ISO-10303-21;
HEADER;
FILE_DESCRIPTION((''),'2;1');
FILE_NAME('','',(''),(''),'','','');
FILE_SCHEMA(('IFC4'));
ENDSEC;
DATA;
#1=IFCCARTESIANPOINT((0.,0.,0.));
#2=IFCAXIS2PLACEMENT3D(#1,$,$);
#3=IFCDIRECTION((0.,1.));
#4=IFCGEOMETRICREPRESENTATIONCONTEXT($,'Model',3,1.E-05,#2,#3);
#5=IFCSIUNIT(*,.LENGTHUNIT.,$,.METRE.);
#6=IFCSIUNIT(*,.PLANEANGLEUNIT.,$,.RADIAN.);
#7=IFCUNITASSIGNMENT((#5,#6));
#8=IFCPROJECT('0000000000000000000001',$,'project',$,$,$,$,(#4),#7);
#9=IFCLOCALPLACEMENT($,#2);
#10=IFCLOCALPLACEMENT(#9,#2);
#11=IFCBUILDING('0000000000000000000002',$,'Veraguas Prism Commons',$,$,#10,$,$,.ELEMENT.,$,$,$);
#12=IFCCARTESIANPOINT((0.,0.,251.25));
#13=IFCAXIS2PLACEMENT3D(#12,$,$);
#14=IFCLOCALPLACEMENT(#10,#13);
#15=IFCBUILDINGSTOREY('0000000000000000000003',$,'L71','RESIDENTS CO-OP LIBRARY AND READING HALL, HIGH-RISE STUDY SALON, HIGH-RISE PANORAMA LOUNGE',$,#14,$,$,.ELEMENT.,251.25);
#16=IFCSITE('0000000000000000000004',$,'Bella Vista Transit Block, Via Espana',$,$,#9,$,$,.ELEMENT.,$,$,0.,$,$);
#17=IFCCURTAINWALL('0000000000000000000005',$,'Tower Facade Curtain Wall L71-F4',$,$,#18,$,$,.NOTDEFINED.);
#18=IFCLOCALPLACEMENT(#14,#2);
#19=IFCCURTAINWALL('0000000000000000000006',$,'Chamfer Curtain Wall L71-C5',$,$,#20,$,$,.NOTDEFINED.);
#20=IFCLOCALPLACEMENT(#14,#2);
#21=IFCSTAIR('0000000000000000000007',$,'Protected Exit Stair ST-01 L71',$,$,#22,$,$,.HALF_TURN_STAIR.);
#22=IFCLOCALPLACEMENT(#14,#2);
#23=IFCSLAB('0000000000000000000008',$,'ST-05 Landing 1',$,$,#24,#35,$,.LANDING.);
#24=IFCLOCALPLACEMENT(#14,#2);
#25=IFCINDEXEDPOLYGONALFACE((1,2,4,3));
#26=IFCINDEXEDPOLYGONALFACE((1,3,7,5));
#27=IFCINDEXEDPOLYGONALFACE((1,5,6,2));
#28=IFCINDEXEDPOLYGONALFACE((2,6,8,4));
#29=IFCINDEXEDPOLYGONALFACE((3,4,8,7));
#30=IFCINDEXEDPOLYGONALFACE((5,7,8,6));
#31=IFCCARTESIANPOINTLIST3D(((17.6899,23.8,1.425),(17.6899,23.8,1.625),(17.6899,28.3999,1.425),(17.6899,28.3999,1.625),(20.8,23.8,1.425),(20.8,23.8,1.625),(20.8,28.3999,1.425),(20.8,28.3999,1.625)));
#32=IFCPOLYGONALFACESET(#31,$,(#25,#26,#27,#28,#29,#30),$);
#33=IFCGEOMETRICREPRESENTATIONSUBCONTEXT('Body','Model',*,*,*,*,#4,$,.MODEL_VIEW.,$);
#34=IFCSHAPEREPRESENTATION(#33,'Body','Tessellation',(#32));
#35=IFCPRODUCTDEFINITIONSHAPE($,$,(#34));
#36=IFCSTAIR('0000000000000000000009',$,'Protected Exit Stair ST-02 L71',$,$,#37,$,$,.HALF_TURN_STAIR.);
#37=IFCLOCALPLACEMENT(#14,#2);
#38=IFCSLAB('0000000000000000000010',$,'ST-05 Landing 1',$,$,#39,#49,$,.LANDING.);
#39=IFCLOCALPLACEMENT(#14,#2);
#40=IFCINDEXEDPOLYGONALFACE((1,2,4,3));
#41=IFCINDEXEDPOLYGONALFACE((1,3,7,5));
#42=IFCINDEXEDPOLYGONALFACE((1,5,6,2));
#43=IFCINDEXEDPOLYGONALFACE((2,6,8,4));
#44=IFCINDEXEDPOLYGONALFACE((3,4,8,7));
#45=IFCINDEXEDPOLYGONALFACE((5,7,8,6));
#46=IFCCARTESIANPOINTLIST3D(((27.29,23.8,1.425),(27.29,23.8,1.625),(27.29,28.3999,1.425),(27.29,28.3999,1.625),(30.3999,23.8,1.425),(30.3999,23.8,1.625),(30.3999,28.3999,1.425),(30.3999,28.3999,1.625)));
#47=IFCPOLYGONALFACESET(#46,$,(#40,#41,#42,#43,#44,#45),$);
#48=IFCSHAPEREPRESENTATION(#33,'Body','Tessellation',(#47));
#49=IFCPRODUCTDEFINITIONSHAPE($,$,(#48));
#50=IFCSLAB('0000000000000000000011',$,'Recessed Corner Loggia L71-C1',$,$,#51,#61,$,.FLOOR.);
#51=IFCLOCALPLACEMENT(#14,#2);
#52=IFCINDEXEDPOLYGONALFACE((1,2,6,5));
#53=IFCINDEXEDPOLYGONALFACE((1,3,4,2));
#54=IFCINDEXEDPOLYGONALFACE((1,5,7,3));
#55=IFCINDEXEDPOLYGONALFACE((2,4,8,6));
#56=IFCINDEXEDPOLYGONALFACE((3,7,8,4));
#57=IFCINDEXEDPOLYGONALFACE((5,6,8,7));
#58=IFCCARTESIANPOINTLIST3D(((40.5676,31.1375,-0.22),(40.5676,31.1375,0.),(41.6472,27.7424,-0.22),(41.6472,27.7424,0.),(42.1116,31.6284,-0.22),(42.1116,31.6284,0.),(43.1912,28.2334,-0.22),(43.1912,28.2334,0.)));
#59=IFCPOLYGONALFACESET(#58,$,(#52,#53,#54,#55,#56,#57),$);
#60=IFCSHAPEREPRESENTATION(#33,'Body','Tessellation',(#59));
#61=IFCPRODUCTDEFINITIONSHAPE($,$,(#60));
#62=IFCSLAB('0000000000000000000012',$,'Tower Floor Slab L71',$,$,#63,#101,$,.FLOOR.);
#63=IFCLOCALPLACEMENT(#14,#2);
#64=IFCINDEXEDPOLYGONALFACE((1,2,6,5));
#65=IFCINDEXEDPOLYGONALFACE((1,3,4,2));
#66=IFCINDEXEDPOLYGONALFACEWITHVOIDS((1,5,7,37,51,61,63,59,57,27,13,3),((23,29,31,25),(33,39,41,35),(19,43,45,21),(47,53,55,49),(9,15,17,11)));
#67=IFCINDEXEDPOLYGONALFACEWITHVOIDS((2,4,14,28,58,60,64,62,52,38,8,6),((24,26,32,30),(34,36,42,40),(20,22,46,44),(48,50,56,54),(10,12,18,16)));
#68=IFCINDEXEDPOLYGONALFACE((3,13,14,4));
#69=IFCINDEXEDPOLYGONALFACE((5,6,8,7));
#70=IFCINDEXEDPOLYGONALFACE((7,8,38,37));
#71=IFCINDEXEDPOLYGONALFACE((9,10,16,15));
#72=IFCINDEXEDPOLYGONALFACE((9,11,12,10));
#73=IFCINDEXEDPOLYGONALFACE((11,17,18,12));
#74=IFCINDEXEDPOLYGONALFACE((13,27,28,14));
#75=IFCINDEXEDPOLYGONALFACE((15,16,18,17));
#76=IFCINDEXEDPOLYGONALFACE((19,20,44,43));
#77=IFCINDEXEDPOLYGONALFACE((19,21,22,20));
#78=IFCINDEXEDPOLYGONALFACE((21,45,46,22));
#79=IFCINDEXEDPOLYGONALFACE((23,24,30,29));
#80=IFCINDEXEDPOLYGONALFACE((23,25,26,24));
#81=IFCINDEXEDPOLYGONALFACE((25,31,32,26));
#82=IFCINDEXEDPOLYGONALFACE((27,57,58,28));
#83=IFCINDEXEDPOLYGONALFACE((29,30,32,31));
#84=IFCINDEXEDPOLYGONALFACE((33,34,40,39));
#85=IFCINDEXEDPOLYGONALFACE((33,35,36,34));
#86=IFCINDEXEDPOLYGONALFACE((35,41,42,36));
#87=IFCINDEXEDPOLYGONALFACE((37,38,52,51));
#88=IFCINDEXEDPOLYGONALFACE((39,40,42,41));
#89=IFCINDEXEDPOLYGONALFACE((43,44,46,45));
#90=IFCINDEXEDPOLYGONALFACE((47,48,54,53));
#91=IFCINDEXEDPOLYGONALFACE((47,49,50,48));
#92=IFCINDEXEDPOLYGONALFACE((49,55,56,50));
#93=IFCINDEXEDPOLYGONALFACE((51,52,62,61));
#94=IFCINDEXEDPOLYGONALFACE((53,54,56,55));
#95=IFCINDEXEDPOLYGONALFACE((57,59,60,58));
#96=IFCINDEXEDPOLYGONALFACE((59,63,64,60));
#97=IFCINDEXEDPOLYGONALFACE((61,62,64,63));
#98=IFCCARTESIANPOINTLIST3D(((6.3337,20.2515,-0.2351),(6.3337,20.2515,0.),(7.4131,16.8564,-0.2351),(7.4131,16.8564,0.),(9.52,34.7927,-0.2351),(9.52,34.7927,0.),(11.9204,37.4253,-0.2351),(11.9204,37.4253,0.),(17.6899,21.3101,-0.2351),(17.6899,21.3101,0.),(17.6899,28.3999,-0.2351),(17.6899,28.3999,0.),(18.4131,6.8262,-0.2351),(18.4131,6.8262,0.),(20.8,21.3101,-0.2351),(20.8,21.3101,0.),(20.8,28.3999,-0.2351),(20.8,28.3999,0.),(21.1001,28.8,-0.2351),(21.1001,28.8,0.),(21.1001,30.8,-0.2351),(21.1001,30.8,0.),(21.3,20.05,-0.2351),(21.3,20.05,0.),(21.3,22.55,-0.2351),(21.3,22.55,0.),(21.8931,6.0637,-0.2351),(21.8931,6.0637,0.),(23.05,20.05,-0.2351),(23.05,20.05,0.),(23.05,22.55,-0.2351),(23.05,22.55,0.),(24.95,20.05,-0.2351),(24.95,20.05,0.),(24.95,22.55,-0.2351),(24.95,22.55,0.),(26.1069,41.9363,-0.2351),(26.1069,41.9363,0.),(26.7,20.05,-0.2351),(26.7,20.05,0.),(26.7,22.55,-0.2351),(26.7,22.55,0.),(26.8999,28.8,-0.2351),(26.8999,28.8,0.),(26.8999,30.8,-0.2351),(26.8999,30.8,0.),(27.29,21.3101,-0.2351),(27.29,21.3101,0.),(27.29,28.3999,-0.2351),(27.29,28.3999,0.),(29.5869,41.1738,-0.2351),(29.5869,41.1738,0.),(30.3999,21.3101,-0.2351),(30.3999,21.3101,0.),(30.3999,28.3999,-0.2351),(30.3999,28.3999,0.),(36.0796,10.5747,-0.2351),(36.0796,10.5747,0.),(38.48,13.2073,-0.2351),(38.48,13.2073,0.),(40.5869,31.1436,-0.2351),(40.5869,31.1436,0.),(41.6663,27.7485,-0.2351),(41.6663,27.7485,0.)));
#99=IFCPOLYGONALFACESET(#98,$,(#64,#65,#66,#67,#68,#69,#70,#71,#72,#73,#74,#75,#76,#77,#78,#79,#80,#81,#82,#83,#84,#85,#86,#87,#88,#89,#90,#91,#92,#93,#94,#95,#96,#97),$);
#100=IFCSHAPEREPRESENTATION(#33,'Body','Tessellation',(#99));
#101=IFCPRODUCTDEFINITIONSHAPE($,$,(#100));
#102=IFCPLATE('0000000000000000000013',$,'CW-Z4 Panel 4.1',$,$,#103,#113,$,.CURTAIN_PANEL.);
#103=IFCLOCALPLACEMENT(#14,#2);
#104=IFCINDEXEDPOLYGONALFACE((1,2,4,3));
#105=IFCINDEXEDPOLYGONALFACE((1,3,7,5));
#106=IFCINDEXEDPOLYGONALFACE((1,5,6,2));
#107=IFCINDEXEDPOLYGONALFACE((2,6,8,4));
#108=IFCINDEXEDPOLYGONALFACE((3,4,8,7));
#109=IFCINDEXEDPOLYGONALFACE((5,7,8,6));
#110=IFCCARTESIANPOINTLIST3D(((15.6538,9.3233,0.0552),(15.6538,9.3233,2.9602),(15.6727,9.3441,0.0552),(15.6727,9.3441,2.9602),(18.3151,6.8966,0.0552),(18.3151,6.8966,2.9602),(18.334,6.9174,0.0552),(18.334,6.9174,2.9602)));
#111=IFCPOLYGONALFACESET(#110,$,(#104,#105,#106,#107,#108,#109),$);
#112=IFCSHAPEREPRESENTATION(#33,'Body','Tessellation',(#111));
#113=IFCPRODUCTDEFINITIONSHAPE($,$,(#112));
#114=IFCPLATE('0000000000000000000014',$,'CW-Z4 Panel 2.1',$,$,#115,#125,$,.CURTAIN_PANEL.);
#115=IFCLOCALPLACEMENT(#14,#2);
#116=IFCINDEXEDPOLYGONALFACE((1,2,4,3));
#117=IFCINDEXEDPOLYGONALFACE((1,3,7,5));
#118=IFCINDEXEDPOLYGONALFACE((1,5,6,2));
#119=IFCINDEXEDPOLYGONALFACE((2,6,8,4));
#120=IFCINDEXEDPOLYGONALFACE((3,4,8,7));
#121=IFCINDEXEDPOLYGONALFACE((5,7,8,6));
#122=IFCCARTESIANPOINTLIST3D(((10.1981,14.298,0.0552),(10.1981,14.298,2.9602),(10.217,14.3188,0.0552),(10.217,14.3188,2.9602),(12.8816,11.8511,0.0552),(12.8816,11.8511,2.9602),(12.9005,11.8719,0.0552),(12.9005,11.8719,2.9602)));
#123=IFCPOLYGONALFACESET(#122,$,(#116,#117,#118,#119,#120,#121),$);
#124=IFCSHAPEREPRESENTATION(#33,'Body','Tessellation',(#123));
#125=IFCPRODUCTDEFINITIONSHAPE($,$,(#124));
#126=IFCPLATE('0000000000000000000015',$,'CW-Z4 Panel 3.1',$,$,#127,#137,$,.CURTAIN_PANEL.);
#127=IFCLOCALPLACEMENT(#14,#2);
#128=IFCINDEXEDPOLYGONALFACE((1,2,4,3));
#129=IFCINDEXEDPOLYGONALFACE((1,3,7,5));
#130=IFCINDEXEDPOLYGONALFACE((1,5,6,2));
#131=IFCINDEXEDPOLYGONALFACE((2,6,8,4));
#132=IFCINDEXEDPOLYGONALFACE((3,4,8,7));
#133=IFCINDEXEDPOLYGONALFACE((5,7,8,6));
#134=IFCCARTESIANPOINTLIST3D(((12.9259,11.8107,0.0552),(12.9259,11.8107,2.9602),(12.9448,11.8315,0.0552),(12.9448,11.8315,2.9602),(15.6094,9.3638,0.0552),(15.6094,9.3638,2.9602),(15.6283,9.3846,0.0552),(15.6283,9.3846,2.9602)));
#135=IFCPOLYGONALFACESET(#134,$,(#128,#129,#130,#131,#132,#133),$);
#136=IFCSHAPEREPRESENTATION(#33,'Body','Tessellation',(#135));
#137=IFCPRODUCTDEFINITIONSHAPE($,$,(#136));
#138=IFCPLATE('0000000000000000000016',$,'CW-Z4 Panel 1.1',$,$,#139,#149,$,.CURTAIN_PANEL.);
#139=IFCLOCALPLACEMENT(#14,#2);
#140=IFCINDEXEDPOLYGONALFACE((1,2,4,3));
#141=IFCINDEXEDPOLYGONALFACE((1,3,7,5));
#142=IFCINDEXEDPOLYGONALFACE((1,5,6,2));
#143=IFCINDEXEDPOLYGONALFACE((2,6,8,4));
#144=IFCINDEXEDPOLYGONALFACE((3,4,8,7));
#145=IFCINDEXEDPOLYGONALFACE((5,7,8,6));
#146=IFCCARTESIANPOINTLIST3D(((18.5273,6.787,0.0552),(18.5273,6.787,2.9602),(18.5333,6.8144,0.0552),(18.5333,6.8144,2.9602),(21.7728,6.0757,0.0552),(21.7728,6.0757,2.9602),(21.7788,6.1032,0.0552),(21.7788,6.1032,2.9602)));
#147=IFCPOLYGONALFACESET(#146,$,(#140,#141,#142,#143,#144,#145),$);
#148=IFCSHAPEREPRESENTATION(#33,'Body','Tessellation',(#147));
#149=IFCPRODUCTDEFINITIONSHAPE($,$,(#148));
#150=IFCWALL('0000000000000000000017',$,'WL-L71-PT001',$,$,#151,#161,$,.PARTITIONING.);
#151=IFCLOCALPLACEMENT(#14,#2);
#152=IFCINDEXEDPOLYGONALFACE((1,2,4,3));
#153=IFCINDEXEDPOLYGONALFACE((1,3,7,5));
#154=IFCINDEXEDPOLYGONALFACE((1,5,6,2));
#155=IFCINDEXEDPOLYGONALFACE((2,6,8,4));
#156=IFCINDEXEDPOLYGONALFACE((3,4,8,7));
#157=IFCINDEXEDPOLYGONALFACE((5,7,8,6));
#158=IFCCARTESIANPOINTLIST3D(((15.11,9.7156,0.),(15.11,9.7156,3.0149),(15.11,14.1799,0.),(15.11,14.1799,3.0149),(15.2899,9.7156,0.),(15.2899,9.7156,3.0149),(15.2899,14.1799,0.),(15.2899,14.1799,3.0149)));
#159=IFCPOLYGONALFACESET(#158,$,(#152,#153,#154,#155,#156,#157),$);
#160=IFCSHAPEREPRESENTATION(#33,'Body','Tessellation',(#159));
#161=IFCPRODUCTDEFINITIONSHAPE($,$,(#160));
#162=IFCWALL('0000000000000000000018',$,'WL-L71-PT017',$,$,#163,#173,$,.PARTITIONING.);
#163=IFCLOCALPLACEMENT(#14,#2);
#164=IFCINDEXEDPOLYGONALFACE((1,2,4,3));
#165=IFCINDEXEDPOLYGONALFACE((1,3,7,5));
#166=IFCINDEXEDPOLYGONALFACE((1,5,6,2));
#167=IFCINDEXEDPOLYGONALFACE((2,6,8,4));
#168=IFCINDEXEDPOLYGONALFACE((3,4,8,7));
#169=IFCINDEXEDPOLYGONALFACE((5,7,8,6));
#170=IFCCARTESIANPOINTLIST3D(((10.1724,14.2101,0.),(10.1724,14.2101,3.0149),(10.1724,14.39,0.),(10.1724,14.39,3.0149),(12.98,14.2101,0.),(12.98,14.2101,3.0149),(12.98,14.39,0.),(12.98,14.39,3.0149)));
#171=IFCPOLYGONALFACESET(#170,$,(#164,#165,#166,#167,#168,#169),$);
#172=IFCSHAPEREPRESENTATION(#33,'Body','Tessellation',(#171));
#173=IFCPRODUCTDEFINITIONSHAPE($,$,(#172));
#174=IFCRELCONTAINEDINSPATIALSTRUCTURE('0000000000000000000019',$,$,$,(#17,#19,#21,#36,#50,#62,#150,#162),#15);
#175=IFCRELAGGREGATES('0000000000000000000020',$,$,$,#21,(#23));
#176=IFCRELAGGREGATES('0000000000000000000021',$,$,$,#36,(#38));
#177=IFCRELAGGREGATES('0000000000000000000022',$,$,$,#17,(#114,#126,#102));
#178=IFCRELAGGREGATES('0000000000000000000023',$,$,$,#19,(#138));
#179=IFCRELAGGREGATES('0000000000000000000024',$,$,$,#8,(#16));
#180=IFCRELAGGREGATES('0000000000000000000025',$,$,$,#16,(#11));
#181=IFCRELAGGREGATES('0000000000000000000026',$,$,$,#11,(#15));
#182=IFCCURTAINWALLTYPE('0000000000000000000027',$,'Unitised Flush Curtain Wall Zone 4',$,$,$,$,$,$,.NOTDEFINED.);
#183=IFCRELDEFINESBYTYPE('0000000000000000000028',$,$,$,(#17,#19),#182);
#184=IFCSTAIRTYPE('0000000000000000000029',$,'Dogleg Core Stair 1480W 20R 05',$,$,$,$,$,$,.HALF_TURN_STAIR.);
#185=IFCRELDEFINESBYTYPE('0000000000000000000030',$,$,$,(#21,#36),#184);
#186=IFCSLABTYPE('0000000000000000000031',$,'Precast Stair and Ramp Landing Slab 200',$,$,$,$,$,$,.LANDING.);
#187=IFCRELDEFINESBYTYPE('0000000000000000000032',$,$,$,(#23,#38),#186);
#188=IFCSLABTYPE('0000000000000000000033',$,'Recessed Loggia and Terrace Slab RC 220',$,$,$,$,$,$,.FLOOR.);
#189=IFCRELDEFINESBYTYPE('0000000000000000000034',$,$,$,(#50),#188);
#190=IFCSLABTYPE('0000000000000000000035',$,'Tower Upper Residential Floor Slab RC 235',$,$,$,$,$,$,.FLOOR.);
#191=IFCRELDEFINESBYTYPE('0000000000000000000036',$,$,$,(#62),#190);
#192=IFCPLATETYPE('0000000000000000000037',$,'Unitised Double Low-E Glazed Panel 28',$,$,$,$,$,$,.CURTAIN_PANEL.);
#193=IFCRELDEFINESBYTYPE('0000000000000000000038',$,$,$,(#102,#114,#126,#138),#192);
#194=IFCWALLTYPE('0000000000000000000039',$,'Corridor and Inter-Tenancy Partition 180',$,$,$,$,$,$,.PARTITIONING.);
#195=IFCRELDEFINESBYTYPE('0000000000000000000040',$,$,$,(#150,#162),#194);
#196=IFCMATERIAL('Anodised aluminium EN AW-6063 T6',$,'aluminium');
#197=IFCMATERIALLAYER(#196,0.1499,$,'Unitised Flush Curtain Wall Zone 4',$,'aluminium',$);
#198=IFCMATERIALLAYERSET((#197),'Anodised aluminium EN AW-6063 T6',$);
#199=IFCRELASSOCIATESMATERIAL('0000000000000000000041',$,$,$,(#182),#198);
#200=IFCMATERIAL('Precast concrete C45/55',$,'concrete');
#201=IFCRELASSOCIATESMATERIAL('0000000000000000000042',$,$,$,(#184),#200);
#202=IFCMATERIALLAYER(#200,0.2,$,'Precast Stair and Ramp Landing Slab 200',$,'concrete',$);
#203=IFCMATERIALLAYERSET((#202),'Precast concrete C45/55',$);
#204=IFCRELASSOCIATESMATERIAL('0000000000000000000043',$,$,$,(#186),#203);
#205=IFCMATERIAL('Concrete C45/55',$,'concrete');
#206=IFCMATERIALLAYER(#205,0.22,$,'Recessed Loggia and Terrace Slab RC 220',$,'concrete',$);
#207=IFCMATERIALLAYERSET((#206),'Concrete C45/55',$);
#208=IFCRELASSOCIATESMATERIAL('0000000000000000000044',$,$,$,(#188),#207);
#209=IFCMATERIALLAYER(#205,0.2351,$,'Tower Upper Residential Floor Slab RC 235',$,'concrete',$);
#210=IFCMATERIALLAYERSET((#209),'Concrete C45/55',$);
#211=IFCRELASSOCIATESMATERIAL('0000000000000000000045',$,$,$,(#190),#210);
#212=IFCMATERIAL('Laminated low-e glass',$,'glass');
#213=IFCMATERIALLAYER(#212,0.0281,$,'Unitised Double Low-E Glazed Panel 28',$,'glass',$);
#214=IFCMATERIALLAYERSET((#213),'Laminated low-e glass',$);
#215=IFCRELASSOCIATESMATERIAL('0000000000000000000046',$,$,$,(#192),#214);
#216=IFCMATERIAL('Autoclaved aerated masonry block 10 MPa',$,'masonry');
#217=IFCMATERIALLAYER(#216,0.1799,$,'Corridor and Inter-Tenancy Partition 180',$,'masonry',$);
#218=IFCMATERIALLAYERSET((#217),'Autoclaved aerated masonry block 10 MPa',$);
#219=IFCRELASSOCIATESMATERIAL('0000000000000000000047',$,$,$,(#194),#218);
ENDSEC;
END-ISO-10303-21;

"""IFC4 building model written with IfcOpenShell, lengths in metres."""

from ifc_helpers import new_model, si_unit, direction, frame, frame_2d, origin, origin_2d, place, context, subcontext, project, spatial, polyline, rectangle, outline, extrude, source, transform, mapped, material, layer, layer_set, type_object, element, aggregate, save


model = new_model("IFC4")

# Units and contexts
model_context = context("Model", 3, precision=1e-05, world=origin(), true_north=direction((0.0, 1.0)))
body_context = subcontext(model_context, "Body", "Model", "MODEL_VIEW")
ifc_project = project(units=[si_unit("LENGTHUNIT", "METRE"), si_unit("PLANEANGLEUNIT", "RADIAN")], contexts=[model_context])

# Site, building, storey
site_placement = place(None, origin())
site = spatial("IfcSite", under=ifc_project, at=site_placement, Name="Bella Vista Transit Block, Via Espana", CompositionType="ELEMENT", RefElevation=0.0)
building_placement = place(site_placement, origin())
building = spatial("IfcBuilding", under=site, at=building_placement, Name="Veraguas Prism Commons", CompositionType="ELEMENT")
storey_placement = place(building_placement, frame((0.0, 0.0, 251.25)))
storey = spatial("IfcBuildingStorey", under=building, at=storey_placement, Name="L71", Description="RESIDENTS CO-OP LIBRARY AND READING HALL, HIGH-RISE STUDY SALON, HIGH-RISE PANORAMA LOUNGE", CompositionType="ELEMENT", Elevation=251.25)

# Curtain walls
ifc_material_1 = material(Name="Anodised aluminium EN AW-6063 T6", Category="aluminium")
ifc_layer_1 = layer(ifc_material_1, 0.1499, Name="Unitised Flush Curtain Wall Zone 4", Category="aluminium")
ifc_layer_set_1 = layer_set([ifc_layer_1], Name="Anodised aluminium EN AW-6063 T6")
curtain_wall_type = type_object("IfcCurtainWallType", Name="Unitised Flush Curtain Wall Zone 4", PredefinedType="NOTDEFINED", material=ifc_layer_set_1)
curtain_wall_1_placement = place(storey_placement, origin())
curtain_wall_1 = element("IfcCurtainWall", 1, at=curtain_wall_1_placement, inside=storey, type_object=curtain_wall_type, Name="Tower Facade Curtain Wall L71-F4", PredefinedType="NOTDEFINED")
curtain_wall_2_placement = place(storey_placement, origin())
curtain_wall_2 = element("IfcCurtainWall", 2, at=curtain_wall_2_placement, inside=storey, type_object=curtain_wall_type, Name="Chamfer Curtain Wall L71-C5", PredefinedType="NOTDEFINED")

# Stairs, slabs
ifc_material_2 = material(Name="Precast concrete C45/55", Category="concrete")
stair_type = type_object("IfcStairType", Name="Dogleg Core Stair 1480W 20R 05", PredefinedType="HALF_TURN_STAIR", material=ifc_material_2)
stair_1_placement = place(storey_placement, origin())
stair_1 = element("IfcStair", 3, at=stair_1_placement, inside=storey, type_object=stair_type, Name="Protected Exit Stair ST-01 L71", PredefinedType="HALF_TURN_STAIR")
ifc_layer_2 = layer(ifc_material_2, 0.2, Name="Precast Stair and Ramp Landing Slab 200", Category="concrete")
ifc_layer_set_2 = layer_set([ifc_layer_2], Name="Precast concrete C45/55")
slab_type_1 = type_object("IfcSlabType", Name="Precast Stair and Ramp Landing Slab 200", PredefinedType="LANDING", material=ifc_layer_set_2)
slab_1_placement = place(storey_placement, frame((0.0, 0.0, 1.425)))
slab_1 = element("IfcSlab", 4, at=slab_1_placement, type_object=slab_type_1, Name="ST-05 Landing 1", PredefinedType="LANDING", context=body_context, shape_type="SweptSolid", body=[
    extrude(outline(polyline([(20.8, 23.8), (20.8, 28.3999), (17.6899, 28.3999), (17.6899, 23.8), (20.8, 23.8)])), origin(), (0.0, 0.0, 1.0), 0.2),
])
aggregate(stair_1, [slab_1])
stair_2_placement = place(storey_placement, origin())
stair_2 = element("IfcStair", 5, at=stair_2_placement, inside=storey, type_object=stair_type, Name="Protected Exit Stair ST-02 L71", PredefinedType="HALF_TURN_STAIR")
slab_2_placement = place(storey_placement, frame((0.0, 0.0, 1.425)))
slab_2 = element("IfcSlab", 6, at=slab_2_placement, type_object=slab_type_1, Name="ST-05 Landing 1", PredefinedType="LANDING", context=body_context, shape_type="SweptSolid", body=[
    extrude(outline(polyline([(30.3999, 23.8), (30.3999, 28.3999), (27.29, 28.3999), (27.29, 23.8), (30.3999, 23.8)])), origin(), (0.0, 0.0, 1.0), 0.2),
])
aggregate(stair_2, [slab_2])

# Slabs
ifc_material_3 = material(Name="Concrete C45/55", Category="concrete")
ifc_layer_3 = layer(ifc_material_3, 0.22, Name="Recessed Loggia and Terrace Slab RC 220", Category="concrete")
ifc_layer_set_3 = layer_set([ifc_layer_3], Name="Concrete C45/55")
slab_type_2 = type_object("IfcSlabType", Name="Recessed Loggia and Terrace Slab RC 220", PredefinedType="FLOOR", material=ifc_layer_set_3)
slab_3_placement = place(storey_placement, frame((0.0, 0.0, -0.22)))
element("IfcSlab", 7, at=slab_3_placement, inside=storey, type_object=slab_type_2, Name="Recessed Corner Loggia L71-C1", PredefinedType="FLOOR", context=body_context, shape_type="SweptSolid", body=[
    extrude(outline(polyline([(41.6472, 27.7424), (43.1912, 28.2334), (42.1116, 31.6284), (40.5676, 31.1375), (41.6472, 27.7424)])), origin(), (0.0, 0.0, 1.0), 0.22),
])
ifc_layer_4 = layer(ifc_material_3, 0.2351, Name="Tower Upper Residential Floor Slab RC 235", Category="concrete")
ifc_layer_set_4 = layer_set([ifc_layer_4], Name="Concrete C45/55")
slab_type_3 = type_object("IfcSlabType", Name="Tower Upper Residential Floor Slab RC 235", PredefinedType="FLOOR", material=ifc_layer_set_4)
slab_4_placement = place(storey_placement, frame((0.0, 0.0, -0.2351)))
element("IfcSlab", 8, at=slab_4_placement, inside=storey, type_object=slab_type_3, Name="Tower Floor Slab L71", PredefinedType="FLOOR", context=body_context, shape_type="SweptSolid", body=[
    extrude(outline(polyline([(41.6663, 27.7485), (40.5869, 31.1436), (29.5869, 41.1738), (26.1069, 41.9363), (11.9204, 37.4253), (9.52, 34.7927), (6.3337, 20.2515), (7.4131, 16.8564), (18.4131, 6.8262), (21.8931, 6.0637), (36.0796, 10.5747), (38.48, 13.2073), (41.6663, 27.7485)]), holes=[polyline([(20.8, 21.3101), (20.8, 28.3999), (17.6899, 28.3999), (17.6899, 21.3101), (20.8, 21.3101)]), polyline([(30.3999, 21.3101), (30.3999, 28.3999), (27.29, 28.3999), (27.29, 21.3101), (30.3999, 21.3101)]), polyline([(21.1001, 28.8), (26.8999, 28.8), (26.8999, 30.8), (21.1001, 30.8), (21.1001, 28.8)]), polyline([(21.3, 20.05), (23.05, 20.05), (23.05, 22.55), (21.3, 22.55), (21.3, 20.05)]), polyline([(24.95, 20.05), (26.7, 20.05), (26.7, 22.55), (24.95, 22.55), (24.95, 20.05)])]), origin(), (0.0, 0.0, 1.0), 0.2351),
])

# Plates
ifc_material_4 = material(Name="Laminated low-e glass", Category="glass")
ifc_layer_5 = layer(ifc_material_4, 0.0281, Name="Unitised Double Low-E Glazed Panel 28", Category="glass")
ifc_layer_set_5 = layer_set([ifc_layer_5], Name="Laminated low-e glass")
plate_type = type_object("IfcPlateType", Name="Unitised Double Low-E Glazed Panel 28", PredefinedType="CURTAIN_PANEL", material=ifc_layer_set_5)
shared_shape_1 = source(origin(), body_context, "Body", "SweptSolid", [
    extrude(rectangle(XDim=3.6016, YDim=0.0281, at=origin_2d()), origin(), (0.0, 0.0, 1.0), 2.905),
])
plate_1_placement = place(storey_placement, frame((16.9939, 8.1204, 0.0552), z_axis=(0.0, 0.0, 1.0), x_axis=(0.738926, -0.673787, 0.0)))
plate_1 = element("IfcPlate", 9, at=plate_1_placement, type_object=plate_type, Name="CW-Z4 Panel 4.1", PredefinedType="CURTAIN_PANEL", context=body_context, shape_type="MappedRepresentation", body=[
    mapped(shared_shape_1, transform((0.0, 0.0, 0.0), scale=1.0)),
])
shared_shape_2 = source(origin(), body_context, "Body", "SweptSolid", [
    extrude(rectangle(XDim=3.6316, YDim=0.0281, at=origin_2d()), origin(), (0.0, 0.0, 1.0), 2.905),
])
plate_2_placement = place(storey_placement, frame((11.5493, 13.085, 0.0552), z_axis=(0.0, 0.0, 1.0), x_axis=(0.738926, -0.673787, 0.0)))
plate_2 = element("IfcPlate", 10, at=plate_2_placement, type_object=plate_type, Name="CW-Z4 Panel 2.1", PredefinedType="CURTAIN_PANEL", context=body_context, shape_type="MappedRepresentation", body=[
    mapped(shared_shape_2, transform((0.0, 0.0, 0.0), scale=1.0)),
])
plate_3_placement = place(storey_placement, frame((14.2771, 10.5977, 0.0552), z_axis=(0.0, 0.0, 1.0), x_axis=(0.738926, -0.673787, 0.0)))
plate_3 = element("IfcPlate", 11, at=plate_3_placement, type_object=plate_type, Name="CW-Z4 Panel 3.1", PredefinedType="CURTAIN_PANEL", context=body_context, shape_type="MappedRepresentation", body=[
    mapped(shared_shape_2, transform((0.0, 0.0, 0.0), scale=1.0)),
])
aggregate(curtain_wall_1, [plate_2, plate_3, plate_1])
shared_shape_3 = source(origin(), body_context, "Body", "SweptSolid", [
    extrude(rectangle(XDim=3.3225, YDim=0.0281, at=origin_2d()), origin(), (0.0, 0.0, 1.0), 2.905),
])
plate_4_placement = place(storey_placement, frame((20.1531, 6.4451, 0.0552), z_axis=(0.0, 0.0, 1.0), x_axis=(0.97682, -0.21406, 0.0)))
plate_4 = element("IfcPlate", 12, at=plate_4_placement, type_object=plate_type, Name="CW-Z4 Panel 1.1", PredefinedType="CURTAIN_PANEL", context=body_context, shape_type="MappedRepresentation", body=[
    mapped(shared_shape_3, transform((0.0, 0.0, 0.0), scale=1.0)),
])
aggregate(curtain_wall_2, [plate_4])

# Walls
ifc_material_5 = material(Name="Autoclaved aerated masonry block 10 MPa", Category="masonry")
ifc_layer_6 = layer(ifc_material_5, 0.1799, Name="Corridor and Inter-Tenancy Partition 180", Category="masonry")
ifc_layer_set_6 = layer_set([ifc_layer_6], Name="Autoclaved aerated masonry block 10 MPa")
wall_type = type_object("IfcWallType", Name="Corridor and Inter-Tenancy Partition 180", PredefinedType="PARTITIONING", material=ifc_layer_set_6)
wall_1_placement = place(storey_placement, frame((15.2, 14.1799, 0.0), z_axis=(0.0, 0.0, 1.0), x_axis=(0.0, -1.0, 0.0)))
element("IfcWall", 13, at=wall_1_placement, inside=storey, type_object=wall_type, Name="WL-L71-PT001", PredefinedType="PARTITIONING", context=body_context, shape_type="SweptSolid", body=[
    extrude(rectangle(XDim=4.4644, YDim=0.1799, at=frame_2d((2.2322, 0.0))), origin(), (0.0, 0.0, 1.0), 3.0149),
])
wall_2_placement = place(storey_placement, frame((12.98, 14.3, 0.0), z_axis=(0.0, 0.0, 1.0), x_axis=(-1.0, 0.0, 0.0)))
element("IfcWall", 14, at=wall_2_placement, inside=storey, type_object=wall_type, Name="WL-L71-PT017", PredefinedType="PARTITIONING", context=body_context, shape_type="SweptSolid", body=[
    extrude(rectangle(XDim=2.8076, YDim=0.1799, at=frame_2d((1.4038, 0.0))), origin(), (0.0, 0.0, 1.0), 3.0149),
])

save(model, "model.ifc")
